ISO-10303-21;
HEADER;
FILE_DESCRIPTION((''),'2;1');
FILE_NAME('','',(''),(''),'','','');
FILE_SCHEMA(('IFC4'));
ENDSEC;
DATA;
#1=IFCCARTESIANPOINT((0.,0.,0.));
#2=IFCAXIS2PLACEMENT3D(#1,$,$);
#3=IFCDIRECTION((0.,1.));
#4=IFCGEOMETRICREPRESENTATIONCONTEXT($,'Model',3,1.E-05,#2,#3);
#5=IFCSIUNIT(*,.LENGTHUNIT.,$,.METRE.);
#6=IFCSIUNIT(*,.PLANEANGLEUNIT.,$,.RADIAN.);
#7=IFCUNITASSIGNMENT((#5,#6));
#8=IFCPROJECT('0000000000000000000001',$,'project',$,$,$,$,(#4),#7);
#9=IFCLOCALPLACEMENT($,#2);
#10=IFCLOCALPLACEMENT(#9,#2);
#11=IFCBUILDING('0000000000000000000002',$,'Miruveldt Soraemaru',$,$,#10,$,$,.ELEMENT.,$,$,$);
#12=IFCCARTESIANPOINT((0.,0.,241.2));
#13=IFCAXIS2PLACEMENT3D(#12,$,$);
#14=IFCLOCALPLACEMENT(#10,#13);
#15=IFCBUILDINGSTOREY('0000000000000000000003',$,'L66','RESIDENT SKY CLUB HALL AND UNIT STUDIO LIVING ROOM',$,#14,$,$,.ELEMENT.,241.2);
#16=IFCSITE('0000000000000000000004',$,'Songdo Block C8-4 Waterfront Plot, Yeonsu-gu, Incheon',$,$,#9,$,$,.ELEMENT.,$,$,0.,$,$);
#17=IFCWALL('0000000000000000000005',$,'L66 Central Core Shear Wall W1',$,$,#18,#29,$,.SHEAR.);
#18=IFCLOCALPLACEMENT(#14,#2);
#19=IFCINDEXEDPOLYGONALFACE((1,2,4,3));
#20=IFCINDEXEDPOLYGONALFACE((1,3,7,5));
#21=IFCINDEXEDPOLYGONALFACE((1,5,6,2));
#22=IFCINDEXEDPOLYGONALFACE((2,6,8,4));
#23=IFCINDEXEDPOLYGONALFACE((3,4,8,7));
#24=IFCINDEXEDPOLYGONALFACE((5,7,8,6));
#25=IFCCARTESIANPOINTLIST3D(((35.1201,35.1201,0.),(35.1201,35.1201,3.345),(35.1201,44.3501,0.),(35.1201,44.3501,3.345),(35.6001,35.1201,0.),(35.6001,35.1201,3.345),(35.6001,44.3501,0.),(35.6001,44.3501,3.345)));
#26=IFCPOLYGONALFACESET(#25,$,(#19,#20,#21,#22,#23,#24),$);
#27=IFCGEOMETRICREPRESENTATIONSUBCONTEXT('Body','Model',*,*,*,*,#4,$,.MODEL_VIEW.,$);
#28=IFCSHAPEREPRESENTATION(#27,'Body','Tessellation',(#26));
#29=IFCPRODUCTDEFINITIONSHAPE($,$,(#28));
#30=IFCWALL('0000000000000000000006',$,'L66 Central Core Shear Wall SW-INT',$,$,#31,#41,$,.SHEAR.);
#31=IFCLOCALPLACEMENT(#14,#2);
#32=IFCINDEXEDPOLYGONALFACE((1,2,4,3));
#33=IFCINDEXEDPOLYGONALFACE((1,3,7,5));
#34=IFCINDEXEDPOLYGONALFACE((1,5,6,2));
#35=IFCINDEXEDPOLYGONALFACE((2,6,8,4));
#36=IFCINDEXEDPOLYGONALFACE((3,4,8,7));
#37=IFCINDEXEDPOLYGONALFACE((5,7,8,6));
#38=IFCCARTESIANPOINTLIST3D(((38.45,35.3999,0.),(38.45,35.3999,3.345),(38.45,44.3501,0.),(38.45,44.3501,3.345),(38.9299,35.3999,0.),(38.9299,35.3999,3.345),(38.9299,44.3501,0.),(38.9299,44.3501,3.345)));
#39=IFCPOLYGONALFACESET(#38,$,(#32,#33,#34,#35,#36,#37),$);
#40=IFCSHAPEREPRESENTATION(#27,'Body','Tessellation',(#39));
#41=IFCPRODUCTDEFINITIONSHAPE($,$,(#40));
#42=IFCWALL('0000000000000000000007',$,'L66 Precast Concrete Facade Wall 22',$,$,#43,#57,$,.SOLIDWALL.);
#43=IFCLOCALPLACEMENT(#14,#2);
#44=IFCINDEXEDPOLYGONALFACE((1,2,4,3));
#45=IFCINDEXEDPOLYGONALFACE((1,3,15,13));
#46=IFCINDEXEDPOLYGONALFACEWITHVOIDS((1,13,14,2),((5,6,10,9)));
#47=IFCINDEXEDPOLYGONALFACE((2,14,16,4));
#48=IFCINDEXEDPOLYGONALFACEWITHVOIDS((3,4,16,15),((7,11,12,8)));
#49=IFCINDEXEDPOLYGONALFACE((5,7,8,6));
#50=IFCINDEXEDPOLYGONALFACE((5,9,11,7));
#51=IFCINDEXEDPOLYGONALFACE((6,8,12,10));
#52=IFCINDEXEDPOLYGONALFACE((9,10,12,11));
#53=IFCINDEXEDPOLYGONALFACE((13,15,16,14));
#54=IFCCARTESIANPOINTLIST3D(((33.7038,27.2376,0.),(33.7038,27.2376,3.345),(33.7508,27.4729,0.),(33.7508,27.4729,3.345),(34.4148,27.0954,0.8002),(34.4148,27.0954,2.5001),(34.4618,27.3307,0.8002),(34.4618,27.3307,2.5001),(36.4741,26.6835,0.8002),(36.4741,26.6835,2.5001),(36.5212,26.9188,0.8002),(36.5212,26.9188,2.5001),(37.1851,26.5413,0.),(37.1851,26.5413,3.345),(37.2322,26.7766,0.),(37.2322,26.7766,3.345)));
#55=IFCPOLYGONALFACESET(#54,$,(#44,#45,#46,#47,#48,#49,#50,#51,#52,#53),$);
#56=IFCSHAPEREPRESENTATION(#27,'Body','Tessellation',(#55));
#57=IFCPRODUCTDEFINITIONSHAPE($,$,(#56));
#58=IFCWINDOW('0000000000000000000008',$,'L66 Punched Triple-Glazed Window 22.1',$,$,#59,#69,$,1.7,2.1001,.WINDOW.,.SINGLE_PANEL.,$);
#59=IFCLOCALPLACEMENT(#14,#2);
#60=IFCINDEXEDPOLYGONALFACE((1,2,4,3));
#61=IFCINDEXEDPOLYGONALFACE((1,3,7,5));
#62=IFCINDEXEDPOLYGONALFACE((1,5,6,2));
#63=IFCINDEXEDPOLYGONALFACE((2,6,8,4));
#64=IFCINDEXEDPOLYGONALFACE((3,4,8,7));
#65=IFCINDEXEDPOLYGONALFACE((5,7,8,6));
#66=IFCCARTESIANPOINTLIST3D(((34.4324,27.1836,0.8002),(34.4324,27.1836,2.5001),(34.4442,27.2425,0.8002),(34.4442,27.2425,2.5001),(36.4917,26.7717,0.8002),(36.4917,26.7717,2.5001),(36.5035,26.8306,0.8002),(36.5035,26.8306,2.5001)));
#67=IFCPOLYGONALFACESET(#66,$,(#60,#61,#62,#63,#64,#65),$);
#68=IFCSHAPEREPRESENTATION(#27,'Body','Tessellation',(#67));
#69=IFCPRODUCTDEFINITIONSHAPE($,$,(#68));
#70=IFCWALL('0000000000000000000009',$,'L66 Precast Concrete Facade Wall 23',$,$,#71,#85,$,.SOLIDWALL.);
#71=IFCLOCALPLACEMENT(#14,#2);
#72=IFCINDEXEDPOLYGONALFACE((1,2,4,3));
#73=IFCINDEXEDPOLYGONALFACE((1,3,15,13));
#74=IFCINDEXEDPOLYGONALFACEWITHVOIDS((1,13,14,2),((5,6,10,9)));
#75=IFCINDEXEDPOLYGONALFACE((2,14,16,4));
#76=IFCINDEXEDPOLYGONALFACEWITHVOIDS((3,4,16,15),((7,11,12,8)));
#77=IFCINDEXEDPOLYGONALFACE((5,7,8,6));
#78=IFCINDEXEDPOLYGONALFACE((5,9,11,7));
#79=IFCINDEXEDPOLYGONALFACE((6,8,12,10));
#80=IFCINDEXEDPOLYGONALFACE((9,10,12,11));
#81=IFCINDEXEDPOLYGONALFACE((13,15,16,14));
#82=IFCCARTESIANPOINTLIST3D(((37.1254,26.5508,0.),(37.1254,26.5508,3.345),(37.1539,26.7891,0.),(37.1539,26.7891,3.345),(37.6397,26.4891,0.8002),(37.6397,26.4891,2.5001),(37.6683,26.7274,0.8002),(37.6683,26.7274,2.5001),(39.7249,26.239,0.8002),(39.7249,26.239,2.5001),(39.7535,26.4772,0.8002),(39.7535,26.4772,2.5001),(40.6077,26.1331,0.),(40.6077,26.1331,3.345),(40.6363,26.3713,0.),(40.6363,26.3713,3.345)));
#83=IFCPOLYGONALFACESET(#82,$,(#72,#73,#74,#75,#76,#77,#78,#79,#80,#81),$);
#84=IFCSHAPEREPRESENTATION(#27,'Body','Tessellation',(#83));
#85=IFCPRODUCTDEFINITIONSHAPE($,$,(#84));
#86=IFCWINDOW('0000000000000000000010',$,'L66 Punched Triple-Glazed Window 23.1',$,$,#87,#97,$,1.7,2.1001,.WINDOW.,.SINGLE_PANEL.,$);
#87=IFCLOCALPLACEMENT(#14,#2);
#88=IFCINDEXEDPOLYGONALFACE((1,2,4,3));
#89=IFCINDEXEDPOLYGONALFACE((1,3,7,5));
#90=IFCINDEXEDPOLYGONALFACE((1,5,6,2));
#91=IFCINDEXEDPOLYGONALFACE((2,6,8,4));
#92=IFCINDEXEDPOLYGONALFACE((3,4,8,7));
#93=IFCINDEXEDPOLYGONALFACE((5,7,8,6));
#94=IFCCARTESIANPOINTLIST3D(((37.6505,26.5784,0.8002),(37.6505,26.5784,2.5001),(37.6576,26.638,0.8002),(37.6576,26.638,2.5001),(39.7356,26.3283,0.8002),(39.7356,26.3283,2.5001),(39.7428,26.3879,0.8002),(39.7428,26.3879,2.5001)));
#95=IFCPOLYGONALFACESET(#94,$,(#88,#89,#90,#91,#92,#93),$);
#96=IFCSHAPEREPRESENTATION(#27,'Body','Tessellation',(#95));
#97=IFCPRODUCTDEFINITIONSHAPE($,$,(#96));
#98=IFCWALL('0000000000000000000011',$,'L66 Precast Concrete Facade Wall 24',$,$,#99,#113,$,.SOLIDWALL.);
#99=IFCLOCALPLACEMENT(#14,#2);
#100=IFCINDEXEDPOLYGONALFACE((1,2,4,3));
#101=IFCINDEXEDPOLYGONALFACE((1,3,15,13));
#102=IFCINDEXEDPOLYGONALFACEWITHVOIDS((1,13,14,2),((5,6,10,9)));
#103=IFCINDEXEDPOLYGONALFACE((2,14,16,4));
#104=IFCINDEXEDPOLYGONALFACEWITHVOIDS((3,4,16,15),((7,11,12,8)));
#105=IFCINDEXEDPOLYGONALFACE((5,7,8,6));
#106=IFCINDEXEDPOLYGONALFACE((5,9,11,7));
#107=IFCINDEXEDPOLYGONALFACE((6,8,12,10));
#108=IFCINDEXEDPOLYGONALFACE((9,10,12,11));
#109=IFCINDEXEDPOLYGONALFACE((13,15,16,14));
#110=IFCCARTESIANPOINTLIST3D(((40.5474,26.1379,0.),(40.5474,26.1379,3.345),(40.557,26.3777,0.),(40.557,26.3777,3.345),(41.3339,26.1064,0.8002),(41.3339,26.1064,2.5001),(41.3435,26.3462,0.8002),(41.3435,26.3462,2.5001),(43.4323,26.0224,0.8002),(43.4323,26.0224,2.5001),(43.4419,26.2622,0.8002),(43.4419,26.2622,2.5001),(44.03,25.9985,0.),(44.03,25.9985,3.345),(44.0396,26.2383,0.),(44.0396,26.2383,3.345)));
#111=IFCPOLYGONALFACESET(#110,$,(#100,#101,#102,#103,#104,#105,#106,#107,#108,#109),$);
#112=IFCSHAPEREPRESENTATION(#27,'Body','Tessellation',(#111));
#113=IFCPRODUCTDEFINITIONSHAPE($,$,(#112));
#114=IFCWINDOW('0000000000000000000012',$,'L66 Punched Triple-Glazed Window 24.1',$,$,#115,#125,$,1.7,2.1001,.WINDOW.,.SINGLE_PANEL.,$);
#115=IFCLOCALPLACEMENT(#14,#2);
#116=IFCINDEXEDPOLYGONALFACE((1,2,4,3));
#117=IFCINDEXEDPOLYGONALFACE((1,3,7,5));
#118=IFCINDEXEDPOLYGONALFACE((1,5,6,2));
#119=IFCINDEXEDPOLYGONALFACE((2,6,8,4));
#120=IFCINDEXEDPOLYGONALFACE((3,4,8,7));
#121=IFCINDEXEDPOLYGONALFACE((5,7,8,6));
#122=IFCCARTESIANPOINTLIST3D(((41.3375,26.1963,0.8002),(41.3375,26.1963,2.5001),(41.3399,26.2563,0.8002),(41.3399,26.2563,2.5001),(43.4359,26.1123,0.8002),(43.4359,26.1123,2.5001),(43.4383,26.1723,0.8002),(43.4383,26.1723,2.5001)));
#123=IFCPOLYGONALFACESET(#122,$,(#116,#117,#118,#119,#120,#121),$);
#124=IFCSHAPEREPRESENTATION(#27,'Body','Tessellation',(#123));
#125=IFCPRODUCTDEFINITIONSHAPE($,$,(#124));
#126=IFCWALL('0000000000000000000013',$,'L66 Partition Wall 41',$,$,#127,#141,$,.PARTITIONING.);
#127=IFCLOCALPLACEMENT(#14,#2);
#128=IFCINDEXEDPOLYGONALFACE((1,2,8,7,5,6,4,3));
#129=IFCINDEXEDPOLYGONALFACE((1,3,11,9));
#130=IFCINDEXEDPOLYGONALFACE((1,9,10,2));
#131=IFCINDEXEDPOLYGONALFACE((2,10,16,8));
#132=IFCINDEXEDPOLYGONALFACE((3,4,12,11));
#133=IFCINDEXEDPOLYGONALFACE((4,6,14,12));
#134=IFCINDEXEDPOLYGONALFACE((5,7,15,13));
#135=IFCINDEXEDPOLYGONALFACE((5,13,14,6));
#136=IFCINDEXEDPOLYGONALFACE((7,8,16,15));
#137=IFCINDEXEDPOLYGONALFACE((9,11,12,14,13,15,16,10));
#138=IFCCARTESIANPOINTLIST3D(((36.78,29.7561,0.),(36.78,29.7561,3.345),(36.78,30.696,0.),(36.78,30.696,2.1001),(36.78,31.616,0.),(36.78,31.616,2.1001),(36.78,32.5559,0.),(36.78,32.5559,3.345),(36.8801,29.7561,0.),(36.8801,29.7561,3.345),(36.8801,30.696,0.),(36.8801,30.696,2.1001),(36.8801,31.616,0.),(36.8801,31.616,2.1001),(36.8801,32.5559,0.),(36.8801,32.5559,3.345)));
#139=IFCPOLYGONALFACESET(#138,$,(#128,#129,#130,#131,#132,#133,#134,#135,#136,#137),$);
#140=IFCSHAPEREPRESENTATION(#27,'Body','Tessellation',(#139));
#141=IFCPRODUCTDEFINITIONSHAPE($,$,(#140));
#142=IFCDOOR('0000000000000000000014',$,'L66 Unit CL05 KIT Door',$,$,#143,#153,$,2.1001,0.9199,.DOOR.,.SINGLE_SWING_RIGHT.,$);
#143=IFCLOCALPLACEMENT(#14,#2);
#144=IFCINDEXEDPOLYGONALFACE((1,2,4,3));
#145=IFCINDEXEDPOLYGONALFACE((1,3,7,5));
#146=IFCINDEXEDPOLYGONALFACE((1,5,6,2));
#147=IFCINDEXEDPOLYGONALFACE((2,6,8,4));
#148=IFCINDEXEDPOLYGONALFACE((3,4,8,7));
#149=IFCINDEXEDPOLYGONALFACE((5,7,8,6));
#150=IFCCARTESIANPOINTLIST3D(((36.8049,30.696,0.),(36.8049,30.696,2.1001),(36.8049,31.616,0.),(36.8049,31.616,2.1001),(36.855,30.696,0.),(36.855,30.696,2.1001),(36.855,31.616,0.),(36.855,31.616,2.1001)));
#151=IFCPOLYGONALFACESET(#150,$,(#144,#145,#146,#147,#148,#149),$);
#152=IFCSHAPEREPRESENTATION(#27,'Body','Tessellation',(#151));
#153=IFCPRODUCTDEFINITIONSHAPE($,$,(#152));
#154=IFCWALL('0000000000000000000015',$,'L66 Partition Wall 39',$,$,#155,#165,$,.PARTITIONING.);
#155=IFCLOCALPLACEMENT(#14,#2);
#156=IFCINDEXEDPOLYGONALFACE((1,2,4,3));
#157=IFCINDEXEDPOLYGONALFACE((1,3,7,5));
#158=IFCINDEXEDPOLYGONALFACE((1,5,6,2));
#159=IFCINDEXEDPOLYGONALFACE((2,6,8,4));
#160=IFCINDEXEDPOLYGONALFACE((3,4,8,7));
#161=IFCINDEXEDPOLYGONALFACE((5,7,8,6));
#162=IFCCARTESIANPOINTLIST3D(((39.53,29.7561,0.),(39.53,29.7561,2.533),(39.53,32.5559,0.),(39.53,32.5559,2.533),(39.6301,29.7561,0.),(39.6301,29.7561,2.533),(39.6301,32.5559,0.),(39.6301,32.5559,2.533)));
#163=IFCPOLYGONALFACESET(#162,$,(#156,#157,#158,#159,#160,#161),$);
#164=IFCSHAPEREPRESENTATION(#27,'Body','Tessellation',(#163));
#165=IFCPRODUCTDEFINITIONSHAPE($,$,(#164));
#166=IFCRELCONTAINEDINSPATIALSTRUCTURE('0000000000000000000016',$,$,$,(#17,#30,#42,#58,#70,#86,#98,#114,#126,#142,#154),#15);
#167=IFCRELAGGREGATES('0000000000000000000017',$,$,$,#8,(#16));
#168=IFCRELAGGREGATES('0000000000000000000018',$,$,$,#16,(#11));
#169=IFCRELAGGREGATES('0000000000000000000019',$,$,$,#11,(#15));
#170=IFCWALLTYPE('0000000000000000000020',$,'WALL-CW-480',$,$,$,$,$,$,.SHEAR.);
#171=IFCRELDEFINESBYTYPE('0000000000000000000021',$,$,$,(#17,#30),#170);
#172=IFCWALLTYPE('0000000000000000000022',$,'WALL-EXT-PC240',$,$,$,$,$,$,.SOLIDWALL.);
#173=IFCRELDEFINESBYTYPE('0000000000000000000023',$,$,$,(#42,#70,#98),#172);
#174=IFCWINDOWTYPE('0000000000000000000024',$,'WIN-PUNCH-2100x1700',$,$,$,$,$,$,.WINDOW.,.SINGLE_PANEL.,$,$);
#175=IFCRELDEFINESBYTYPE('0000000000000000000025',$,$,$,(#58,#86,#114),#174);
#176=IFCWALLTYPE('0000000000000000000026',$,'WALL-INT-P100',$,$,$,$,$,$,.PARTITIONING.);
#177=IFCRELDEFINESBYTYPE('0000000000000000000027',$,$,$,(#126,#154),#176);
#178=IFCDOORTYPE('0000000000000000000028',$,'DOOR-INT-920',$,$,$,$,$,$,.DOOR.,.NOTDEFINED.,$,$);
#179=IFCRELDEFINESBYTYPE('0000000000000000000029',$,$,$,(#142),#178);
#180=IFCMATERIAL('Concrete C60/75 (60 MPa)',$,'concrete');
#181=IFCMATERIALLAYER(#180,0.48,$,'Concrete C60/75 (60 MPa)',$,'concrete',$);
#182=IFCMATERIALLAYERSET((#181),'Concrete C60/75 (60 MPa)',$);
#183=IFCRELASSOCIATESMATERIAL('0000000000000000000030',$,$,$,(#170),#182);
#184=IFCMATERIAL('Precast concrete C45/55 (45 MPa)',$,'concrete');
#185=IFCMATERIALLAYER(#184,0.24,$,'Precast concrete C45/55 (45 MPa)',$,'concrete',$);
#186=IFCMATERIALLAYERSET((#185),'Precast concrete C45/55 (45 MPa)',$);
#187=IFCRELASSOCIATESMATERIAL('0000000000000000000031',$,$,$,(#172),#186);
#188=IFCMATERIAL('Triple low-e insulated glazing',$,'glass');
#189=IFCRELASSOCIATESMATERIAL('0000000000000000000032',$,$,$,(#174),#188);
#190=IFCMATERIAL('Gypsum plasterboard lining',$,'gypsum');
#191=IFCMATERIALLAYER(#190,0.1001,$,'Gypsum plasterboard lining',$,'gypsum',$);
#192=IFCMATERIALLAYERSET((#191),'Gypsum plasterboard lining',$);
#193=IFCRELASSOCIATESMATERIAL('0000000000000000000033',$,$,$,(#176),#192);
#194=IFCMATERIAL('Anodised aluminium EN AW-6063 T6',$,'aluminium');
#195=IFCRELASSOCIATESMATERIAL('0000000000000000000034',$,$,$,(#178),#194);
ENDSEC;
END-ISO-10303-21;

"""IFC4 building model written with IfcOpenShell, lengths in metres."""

from ifc_helpers import new_model, si_unit, direction, frame, frame_2d, origin, place, context, subcontext, project, spatial, rectangle, extrude, material, layer, layer_set, type_object, element, fill, save


model = new_model("IFC4")

# Units and contexts
model_context = context("Model", 3, precision=1e-05, world=origin(), true_north=direction((0.0, 1.0)))
body_context = subcontext(model_context, "Body", "Model", "MODEL_VIEW")
ifc_project = project(units=[si_unit("LENGTHUNIT", "METRE"), si_unit("PLANEANGLEUNIT", "RADIAN")], contexts=[model_context])

# Site, building, storey
site_placement = place(None, origin())
site = spatial("IfcSite", under=ifc_project, at=site_placement, Name="Songdo Block C8-4 Waterfront Plot, Yeonsu-gu, Incheon", CompositionType="ELEMENT", RefElevation=0.0)
building_placement = place(site_placement, origin())
building = spatial("IfcBuilding", under=site, at=building_placement, Name="Miruveldt Soraemaru", CompositionType="ELEMENT")
storey_placement = place(building_placement, frame((0.0, 0.0, 241.2)))
storey = spatial("IfcBuildingStorey", under=building, at=storey_placement, Name="L66", Description="RESIDENT SKY CLUB HALL AND UNIT STUDIO LIVING ROOM", CompositionType="ELEMENT", Elevation=241.2)

# Walls
ifc_material_1 = material(Name="Concrete C60/75 (60 MPa)", Category="concrete")
ifc_layer_1 = layer(ifc_material_1, 0.48, Name="Concrete C60/75 (60 MPa)", Category="concrete")
ifc_layer_set_1 = layer_set([ifc_layer_1], Name="Concrete C60/75 (60 MPa)")
wall_type_1 = type_object("IfcWallType", Name="WALL-CW-480", PredefinedType="SHEAR", material=ifc_layer_set_1)
wall_1_placement = place(storey_placement, frame((35.3601, 35.1201, 0.0), z_axis=(0.0, 0.0, 1.0), x_axis=(0.0, 1.0, 0.0)))
element("IfcWall", 1, at=wall_1_placement, inside=storey, type_object=wall_type_1, Name="L66 Central Core Shear Wall W1", PredefinedType="SHEAR", context=body_context, shape_type="SweptSolid", body=[
    extrude(rectangle(XDim=9.23, YDim=0.48, at=frame_2d((4.615, 0.0))), origin(), (0.0, 0.0, 1.0), 3.345),
])
wall_2_placement = place(storey_placement, frame((38.6899, 35.3999, 0.0), z_axis=(0.0, 0.0, 1.0), x_axis=(0.0, 1.0, 0.0)))
element("IfcWall", 2, at=wall_2_placement, inside=storey, type_object=wall_type_1, Name="L66 Central Core Shear Wall SW-INT", PredefinedType="SHEAR", context=body_context, shape_type="SweptSolid", body=[
    extrude(rectangle(XDim=8.9502, YDim=0.48, at=frame_2d((4.4751, 0.0))), origin(), (0.0, 0.0, 1.0), 3.345),
])

# Walls, openings, windows
ifc_material_2 = material(Name="Precast concrete C45/55 (45 MPa)", Category="concrete")
ifc_layer_2 = layer(ifc_material_2, 0.24, Name="Precast concrete C45/55 (45 MPa)", Category="concrete")
ifc_layer_set_2 = layer_set([ifc_layer_2], Name="Precast concrete C45/55 (45 MPa)")
wall_type_2 = type_object("IfcWallType", Name="WALL-EXT-PC240", PredefinedType="SOLIDWALL", material=ifc_layer_set_2)
wall_3_placement = place(storey_placement, frame((33.7273, 27.3552, 0.0), z_axis=(0.0, 0.0, 1.0), x_axis=(0.980581, -0.196116, 0.0)))
wall_3 = element("IfcWall", 3, at=wall_3_placement, inside=storey, type_object=wall_type_2, Name="L66 Precast Concrete Facade Wall 22", PredefinedType="SOLIDWALL", context=body_context, shape_type="SweptSolid", body=[
    extrude(rectangle(XDim=3.5503, YDim=0.24, at=frame_2d((1.7751, 0.0))), origin(), (0.0, 0.0, 1.0), 3.345),
])
opening_1_placement = place(wall_3_placement, frame((0.7251, 0.0, 0.8)))
opening_1 = element("IfcOpeningElement", 4, at=opening_1_placement, cuts=wall_3, PredefinedType="OPENING", context=body_context, shape_type="SweptSolid", body=[
    extrude(rectangle(XDim=2.1001, YDim=1.7, at=frame_2d((1.05, 0.8501))), frame((0.0, 0.1299, 0.0), z_axis=(0.0, -1.0, 0.0), x_axis=(1.0, 0.0, 0.0)), (0.0, 0.0, 1.0), 0.26),
])
ifc_material_3 = material(Name="Triple low-e insulated glazing", Category="glass")
window_type = type_object("IfcWindowType", Name="WIN-PUNCH-2100x1700", PartitioningType="SINGLE_PANEL", PredefinedType="WINDOW", material=ifc_material_3)
window_1_placement = place(opening_1_placement, origin())
window_1 = element("IfcWindow", 5, at=window_1_placement, inside=storey, type_object=window_type, Name="L66 Punched Triple-Glazed Window 22.1", OverallHeight=1.7, OverallWidth=2.1001, PartitioningType="SINGLE_PANEL", PredefinedType="WINDOW", context=body_context, shape_type="SweptSolid", body=[
    extrude(rectangle(XDim=2.1001, YDim=1.7, at=frame_2d((1.05, 0.8501))), frame((0.0, 0.03, 0.0), z_axis=(0.0, -1.0, 0.0), x_axis=(1.0, 0.0, 0.0)), (0.0, 0.0, 1.0), 0.0601),
])
fill(opening_1, window_1)
wall_4_placement = place(storey_placement, frame((37.1396, 26.6699, 0.0), z_axis=(0.0, 0.0, 1.0), x_axis=(0.992882, -0.119099, 0.0)))
wall_4 = element("IfcWall", 6, at=wall_4_placement, inside=storey, type_object=wall_type_2, Name="L66 Precast Concrete Facade Wall 23", PredefinedType="SOLIDWALL", context=body_context, shape_type="SweptSolid", body=[
    extrude(rectangle(XDim=3.5073, YDim=0.24, at=frame_2d((1.7537, 0.0))), origin(), (0.0, 0.0, 1.0), 3.345),
])
opening_2_placement = place(wall_4_placement, frame((0.5181, 0.0, 0.8)))
opening_2 = element("IfcOpeningElement", 7, at=opening_2_placement, cuts=wall_4, PredefinedType="OPENING", context=body_context, shape_type="SweptSolid", body=[
    extrude(rectangle(XDim=2.1001, YDim=1.7, at=frame_2d((1.05, 0.8501))), frame((0.0, 0.1299, 0.0), z_axis=(0.0, -1.0, 0.0), x_axis=(1.0, 0.0, 0.0)), (0.0, 0.0, 1.0), 0.26),
])
window_2_placement = place(opening_2_placement, origin())
window_2 = element("IfcWindow", 8, at=window_2_placement, inside=storey, type_object=window_type, Name="L66 Punched Triple-Glazed Window 23.1", OverallHeight=1.7, OverallWidth=2.1001, PartitioningType="SINGLE_PANEL", PredefinedType="WINDOW", context=body_context, shape_type="SweptSolid", body=[
    extrude(rectangle(XDim=2.1001, YDim=1.7, at=frame_2d((1.05, 0.8501))), frame((0.0, 0.03, 0.0), z_axis=(0.0, -1.0, 0.0), x_axis=(1.0, 0.0, 0.0)), (0.0, 0.0, 1.0), 0.0601),
])
fill(opening_2, window_2)
wall_5_placement = place(storey_placement, frame((40.5522, 26.2578, 0.0), z_axis=(0.0, 0.0, 1.0), x_axis=(0.9992, -0.039996, 0.0)))
wall_5 = element("IfcWall", 9, at=wall_5_placement, inside=storey, type_object=wall_type_2, Name="L66 Precast Concrete Facade Wall 24", PredefinedType="SOLIDWALL", context=body_context, shape_type="SweptSolid", body=[
    extrude(rectangle(XDim=3.4854, YDim=0.24, at=frame_2d((1.7427, 0.0))), origin(), (0.0, 0.0, 1.0), 3.345),
])
opening_3_placement = place(wall_5_placement, frame((0.7871, 0.0, 0.8)))
opening_3 = element("IfcOpeningElement", 10, at=opening_3_placement, cuts=wall_5, PredefinedType="OPENING", context=body_context, shape_type="SweptSolid", body=[
    extrude(rectangle(XDim=2.1001, YDim=1.7, at=frame_2d((1.05, 0.8501))), frame((0.0, 0.1299, 0.0), z_axis=(0.0, -1.0, 0.0), x_axis=(1.0, 0.0, 0.0)), (0.0, 0.0, 1.0), 0.26),
])
window_3_placement = place(opening_3_placement, origin())
window_3 = element("IfcWindow", 11, at=window_3_placement, inside=storey, type_object=window_type, Name="L66 Punched Triple-Glazed Window 24.1", OverallHeight=1.7, OverallWidth=2.1001, PartitioningType="SINGLE_PANEL", PredefinedType="WINDOW", context=body_context, shape_type="SweptSolid", body=[
    extrude(rectangle(XDim=2.1001, YDim=1.7, at=frame_2d((1.05, 0.8501))), frame((0.0, 0.03, 0.0), z_axis=(0.0, -1.0, 0.0), x_axis=(1.0, 0.0, 0.0)), (0.0, 0.0, 1.0), 0.0601),
])
fill(opening_3, window_3)

# Wall, opening, door
ifc_material_4 = material(Name="Gypsum plasterboard lining", Category="gypsum")
ifc_layer_3 = layer(ifc_material_4, 0.1001, Name="Gypsum plasterboard lining", Category="gypsum")
ifc_layer_set_3 = layer_set([ifc_layer_3], Name="Gypsum plasterboard lining")
wall_type_3 = type_object("IfcWallType", Name="WALL-INT-P100", PredefinedType="PARTITIONING", material=ifc_layer_set_3)
wall_6_placement = place(storey_placement, frame((36.8301, 32.5559, 0.0), z_axis=(0.0, 0.0, 1.0), x_axis=(0.0, -1.0, 0.0)))
wall_6 = element("IfcWall", 12, at=wall_6_placement, inside=storey, type_object=wall_type_3, Name="L66 Partition Wall 41", PredefinedType="PARTITIONING", context=body_context, shape_type="SweptSolid", body=[
    extrude(rectangle(XDim=2.7998, YDim=0.1001, at=frame_2d((1.3999, 0.0))), origin(), (0.0, 0.0, 1.0), 3.345),
])
opening_4_placement = place(wall_6_placement, frame((0.9399, 0.0, 0.0)))
opening_4 = element("IfcOpeningElement", 13, at=opening_4_placement, cuts=wall_6, PredefinedType="OPENING", context=body_context, shape_type="SweptSolid", body=[
    extrude(rectangle(XDim=0.9199, YDim=2.1001, at=frame_2d((0.46, 1.05))), frame((0.0, 0.0601, 0.0), z_axis=(0.0, -1.0, 0.0), x_axis=(1.0, 0.0, 0.0)), (0.0, 0.0, 1.0), 0.1201),
])
ifc_material_5 = material(Name="Anodised aluminium EN AW-6063 T6", Category="aluminium")
door_type_1 = type_object("IfcDoorType", Name="DOOR-INT-920", OperationType="NOTDEFINED", PredefinedType="DOOR", material=ifc_material_5)
door_1_placement = place(opening_4_placement, origin())
door_1 = element("IfcDoor", 14, at=door_1_placement, inside=storey, type_object=door_type_1, Name="L66 Unit CL05 KIT Door", OperationType="SINGLE_SWING_RIGHT", OverallHeight=2.1001, OverallWidth=0.9199, PredefinedType="DOOR", context=body_context, shape_type="SweptSolid", body=[
    extrude(rectangle(XDim=0.9199, YDim=2.1001, at=frame_2d((0.46, 1.05))), frame((0.0, 0.0249, 0.0), z_axis=(0.0, -1.0, 0.0), x_axis=(1.0, 0.0, 0.0)), (0.0, 0.0, 1.0), 0.05),
])
fill(opening_4, door_1)

# Wall
wall_7_placement = place(storey_placement, frame((39.5801, 29.7561, 0.0), z_axis=(0.0, 0.0, 1.0), x_axis=(0.0, 1.0, 0.0)))
element("IfcWall", 15, at=wall_7_placement, inside=storey, type_object=wall_type_3, Name="L66 Partition Wall 39", PredefinedType="PARTITIONING", context=body_context, shape_type="SweptSolid", body=[
    extrude(rectangle(XDim=2.7998, YDim=0.1001, at=frame_2d((1.3999, 0.0))), origin(), (0.0, 0.0, 1.0), 2.533),
])

save(model, "model.ifc")
